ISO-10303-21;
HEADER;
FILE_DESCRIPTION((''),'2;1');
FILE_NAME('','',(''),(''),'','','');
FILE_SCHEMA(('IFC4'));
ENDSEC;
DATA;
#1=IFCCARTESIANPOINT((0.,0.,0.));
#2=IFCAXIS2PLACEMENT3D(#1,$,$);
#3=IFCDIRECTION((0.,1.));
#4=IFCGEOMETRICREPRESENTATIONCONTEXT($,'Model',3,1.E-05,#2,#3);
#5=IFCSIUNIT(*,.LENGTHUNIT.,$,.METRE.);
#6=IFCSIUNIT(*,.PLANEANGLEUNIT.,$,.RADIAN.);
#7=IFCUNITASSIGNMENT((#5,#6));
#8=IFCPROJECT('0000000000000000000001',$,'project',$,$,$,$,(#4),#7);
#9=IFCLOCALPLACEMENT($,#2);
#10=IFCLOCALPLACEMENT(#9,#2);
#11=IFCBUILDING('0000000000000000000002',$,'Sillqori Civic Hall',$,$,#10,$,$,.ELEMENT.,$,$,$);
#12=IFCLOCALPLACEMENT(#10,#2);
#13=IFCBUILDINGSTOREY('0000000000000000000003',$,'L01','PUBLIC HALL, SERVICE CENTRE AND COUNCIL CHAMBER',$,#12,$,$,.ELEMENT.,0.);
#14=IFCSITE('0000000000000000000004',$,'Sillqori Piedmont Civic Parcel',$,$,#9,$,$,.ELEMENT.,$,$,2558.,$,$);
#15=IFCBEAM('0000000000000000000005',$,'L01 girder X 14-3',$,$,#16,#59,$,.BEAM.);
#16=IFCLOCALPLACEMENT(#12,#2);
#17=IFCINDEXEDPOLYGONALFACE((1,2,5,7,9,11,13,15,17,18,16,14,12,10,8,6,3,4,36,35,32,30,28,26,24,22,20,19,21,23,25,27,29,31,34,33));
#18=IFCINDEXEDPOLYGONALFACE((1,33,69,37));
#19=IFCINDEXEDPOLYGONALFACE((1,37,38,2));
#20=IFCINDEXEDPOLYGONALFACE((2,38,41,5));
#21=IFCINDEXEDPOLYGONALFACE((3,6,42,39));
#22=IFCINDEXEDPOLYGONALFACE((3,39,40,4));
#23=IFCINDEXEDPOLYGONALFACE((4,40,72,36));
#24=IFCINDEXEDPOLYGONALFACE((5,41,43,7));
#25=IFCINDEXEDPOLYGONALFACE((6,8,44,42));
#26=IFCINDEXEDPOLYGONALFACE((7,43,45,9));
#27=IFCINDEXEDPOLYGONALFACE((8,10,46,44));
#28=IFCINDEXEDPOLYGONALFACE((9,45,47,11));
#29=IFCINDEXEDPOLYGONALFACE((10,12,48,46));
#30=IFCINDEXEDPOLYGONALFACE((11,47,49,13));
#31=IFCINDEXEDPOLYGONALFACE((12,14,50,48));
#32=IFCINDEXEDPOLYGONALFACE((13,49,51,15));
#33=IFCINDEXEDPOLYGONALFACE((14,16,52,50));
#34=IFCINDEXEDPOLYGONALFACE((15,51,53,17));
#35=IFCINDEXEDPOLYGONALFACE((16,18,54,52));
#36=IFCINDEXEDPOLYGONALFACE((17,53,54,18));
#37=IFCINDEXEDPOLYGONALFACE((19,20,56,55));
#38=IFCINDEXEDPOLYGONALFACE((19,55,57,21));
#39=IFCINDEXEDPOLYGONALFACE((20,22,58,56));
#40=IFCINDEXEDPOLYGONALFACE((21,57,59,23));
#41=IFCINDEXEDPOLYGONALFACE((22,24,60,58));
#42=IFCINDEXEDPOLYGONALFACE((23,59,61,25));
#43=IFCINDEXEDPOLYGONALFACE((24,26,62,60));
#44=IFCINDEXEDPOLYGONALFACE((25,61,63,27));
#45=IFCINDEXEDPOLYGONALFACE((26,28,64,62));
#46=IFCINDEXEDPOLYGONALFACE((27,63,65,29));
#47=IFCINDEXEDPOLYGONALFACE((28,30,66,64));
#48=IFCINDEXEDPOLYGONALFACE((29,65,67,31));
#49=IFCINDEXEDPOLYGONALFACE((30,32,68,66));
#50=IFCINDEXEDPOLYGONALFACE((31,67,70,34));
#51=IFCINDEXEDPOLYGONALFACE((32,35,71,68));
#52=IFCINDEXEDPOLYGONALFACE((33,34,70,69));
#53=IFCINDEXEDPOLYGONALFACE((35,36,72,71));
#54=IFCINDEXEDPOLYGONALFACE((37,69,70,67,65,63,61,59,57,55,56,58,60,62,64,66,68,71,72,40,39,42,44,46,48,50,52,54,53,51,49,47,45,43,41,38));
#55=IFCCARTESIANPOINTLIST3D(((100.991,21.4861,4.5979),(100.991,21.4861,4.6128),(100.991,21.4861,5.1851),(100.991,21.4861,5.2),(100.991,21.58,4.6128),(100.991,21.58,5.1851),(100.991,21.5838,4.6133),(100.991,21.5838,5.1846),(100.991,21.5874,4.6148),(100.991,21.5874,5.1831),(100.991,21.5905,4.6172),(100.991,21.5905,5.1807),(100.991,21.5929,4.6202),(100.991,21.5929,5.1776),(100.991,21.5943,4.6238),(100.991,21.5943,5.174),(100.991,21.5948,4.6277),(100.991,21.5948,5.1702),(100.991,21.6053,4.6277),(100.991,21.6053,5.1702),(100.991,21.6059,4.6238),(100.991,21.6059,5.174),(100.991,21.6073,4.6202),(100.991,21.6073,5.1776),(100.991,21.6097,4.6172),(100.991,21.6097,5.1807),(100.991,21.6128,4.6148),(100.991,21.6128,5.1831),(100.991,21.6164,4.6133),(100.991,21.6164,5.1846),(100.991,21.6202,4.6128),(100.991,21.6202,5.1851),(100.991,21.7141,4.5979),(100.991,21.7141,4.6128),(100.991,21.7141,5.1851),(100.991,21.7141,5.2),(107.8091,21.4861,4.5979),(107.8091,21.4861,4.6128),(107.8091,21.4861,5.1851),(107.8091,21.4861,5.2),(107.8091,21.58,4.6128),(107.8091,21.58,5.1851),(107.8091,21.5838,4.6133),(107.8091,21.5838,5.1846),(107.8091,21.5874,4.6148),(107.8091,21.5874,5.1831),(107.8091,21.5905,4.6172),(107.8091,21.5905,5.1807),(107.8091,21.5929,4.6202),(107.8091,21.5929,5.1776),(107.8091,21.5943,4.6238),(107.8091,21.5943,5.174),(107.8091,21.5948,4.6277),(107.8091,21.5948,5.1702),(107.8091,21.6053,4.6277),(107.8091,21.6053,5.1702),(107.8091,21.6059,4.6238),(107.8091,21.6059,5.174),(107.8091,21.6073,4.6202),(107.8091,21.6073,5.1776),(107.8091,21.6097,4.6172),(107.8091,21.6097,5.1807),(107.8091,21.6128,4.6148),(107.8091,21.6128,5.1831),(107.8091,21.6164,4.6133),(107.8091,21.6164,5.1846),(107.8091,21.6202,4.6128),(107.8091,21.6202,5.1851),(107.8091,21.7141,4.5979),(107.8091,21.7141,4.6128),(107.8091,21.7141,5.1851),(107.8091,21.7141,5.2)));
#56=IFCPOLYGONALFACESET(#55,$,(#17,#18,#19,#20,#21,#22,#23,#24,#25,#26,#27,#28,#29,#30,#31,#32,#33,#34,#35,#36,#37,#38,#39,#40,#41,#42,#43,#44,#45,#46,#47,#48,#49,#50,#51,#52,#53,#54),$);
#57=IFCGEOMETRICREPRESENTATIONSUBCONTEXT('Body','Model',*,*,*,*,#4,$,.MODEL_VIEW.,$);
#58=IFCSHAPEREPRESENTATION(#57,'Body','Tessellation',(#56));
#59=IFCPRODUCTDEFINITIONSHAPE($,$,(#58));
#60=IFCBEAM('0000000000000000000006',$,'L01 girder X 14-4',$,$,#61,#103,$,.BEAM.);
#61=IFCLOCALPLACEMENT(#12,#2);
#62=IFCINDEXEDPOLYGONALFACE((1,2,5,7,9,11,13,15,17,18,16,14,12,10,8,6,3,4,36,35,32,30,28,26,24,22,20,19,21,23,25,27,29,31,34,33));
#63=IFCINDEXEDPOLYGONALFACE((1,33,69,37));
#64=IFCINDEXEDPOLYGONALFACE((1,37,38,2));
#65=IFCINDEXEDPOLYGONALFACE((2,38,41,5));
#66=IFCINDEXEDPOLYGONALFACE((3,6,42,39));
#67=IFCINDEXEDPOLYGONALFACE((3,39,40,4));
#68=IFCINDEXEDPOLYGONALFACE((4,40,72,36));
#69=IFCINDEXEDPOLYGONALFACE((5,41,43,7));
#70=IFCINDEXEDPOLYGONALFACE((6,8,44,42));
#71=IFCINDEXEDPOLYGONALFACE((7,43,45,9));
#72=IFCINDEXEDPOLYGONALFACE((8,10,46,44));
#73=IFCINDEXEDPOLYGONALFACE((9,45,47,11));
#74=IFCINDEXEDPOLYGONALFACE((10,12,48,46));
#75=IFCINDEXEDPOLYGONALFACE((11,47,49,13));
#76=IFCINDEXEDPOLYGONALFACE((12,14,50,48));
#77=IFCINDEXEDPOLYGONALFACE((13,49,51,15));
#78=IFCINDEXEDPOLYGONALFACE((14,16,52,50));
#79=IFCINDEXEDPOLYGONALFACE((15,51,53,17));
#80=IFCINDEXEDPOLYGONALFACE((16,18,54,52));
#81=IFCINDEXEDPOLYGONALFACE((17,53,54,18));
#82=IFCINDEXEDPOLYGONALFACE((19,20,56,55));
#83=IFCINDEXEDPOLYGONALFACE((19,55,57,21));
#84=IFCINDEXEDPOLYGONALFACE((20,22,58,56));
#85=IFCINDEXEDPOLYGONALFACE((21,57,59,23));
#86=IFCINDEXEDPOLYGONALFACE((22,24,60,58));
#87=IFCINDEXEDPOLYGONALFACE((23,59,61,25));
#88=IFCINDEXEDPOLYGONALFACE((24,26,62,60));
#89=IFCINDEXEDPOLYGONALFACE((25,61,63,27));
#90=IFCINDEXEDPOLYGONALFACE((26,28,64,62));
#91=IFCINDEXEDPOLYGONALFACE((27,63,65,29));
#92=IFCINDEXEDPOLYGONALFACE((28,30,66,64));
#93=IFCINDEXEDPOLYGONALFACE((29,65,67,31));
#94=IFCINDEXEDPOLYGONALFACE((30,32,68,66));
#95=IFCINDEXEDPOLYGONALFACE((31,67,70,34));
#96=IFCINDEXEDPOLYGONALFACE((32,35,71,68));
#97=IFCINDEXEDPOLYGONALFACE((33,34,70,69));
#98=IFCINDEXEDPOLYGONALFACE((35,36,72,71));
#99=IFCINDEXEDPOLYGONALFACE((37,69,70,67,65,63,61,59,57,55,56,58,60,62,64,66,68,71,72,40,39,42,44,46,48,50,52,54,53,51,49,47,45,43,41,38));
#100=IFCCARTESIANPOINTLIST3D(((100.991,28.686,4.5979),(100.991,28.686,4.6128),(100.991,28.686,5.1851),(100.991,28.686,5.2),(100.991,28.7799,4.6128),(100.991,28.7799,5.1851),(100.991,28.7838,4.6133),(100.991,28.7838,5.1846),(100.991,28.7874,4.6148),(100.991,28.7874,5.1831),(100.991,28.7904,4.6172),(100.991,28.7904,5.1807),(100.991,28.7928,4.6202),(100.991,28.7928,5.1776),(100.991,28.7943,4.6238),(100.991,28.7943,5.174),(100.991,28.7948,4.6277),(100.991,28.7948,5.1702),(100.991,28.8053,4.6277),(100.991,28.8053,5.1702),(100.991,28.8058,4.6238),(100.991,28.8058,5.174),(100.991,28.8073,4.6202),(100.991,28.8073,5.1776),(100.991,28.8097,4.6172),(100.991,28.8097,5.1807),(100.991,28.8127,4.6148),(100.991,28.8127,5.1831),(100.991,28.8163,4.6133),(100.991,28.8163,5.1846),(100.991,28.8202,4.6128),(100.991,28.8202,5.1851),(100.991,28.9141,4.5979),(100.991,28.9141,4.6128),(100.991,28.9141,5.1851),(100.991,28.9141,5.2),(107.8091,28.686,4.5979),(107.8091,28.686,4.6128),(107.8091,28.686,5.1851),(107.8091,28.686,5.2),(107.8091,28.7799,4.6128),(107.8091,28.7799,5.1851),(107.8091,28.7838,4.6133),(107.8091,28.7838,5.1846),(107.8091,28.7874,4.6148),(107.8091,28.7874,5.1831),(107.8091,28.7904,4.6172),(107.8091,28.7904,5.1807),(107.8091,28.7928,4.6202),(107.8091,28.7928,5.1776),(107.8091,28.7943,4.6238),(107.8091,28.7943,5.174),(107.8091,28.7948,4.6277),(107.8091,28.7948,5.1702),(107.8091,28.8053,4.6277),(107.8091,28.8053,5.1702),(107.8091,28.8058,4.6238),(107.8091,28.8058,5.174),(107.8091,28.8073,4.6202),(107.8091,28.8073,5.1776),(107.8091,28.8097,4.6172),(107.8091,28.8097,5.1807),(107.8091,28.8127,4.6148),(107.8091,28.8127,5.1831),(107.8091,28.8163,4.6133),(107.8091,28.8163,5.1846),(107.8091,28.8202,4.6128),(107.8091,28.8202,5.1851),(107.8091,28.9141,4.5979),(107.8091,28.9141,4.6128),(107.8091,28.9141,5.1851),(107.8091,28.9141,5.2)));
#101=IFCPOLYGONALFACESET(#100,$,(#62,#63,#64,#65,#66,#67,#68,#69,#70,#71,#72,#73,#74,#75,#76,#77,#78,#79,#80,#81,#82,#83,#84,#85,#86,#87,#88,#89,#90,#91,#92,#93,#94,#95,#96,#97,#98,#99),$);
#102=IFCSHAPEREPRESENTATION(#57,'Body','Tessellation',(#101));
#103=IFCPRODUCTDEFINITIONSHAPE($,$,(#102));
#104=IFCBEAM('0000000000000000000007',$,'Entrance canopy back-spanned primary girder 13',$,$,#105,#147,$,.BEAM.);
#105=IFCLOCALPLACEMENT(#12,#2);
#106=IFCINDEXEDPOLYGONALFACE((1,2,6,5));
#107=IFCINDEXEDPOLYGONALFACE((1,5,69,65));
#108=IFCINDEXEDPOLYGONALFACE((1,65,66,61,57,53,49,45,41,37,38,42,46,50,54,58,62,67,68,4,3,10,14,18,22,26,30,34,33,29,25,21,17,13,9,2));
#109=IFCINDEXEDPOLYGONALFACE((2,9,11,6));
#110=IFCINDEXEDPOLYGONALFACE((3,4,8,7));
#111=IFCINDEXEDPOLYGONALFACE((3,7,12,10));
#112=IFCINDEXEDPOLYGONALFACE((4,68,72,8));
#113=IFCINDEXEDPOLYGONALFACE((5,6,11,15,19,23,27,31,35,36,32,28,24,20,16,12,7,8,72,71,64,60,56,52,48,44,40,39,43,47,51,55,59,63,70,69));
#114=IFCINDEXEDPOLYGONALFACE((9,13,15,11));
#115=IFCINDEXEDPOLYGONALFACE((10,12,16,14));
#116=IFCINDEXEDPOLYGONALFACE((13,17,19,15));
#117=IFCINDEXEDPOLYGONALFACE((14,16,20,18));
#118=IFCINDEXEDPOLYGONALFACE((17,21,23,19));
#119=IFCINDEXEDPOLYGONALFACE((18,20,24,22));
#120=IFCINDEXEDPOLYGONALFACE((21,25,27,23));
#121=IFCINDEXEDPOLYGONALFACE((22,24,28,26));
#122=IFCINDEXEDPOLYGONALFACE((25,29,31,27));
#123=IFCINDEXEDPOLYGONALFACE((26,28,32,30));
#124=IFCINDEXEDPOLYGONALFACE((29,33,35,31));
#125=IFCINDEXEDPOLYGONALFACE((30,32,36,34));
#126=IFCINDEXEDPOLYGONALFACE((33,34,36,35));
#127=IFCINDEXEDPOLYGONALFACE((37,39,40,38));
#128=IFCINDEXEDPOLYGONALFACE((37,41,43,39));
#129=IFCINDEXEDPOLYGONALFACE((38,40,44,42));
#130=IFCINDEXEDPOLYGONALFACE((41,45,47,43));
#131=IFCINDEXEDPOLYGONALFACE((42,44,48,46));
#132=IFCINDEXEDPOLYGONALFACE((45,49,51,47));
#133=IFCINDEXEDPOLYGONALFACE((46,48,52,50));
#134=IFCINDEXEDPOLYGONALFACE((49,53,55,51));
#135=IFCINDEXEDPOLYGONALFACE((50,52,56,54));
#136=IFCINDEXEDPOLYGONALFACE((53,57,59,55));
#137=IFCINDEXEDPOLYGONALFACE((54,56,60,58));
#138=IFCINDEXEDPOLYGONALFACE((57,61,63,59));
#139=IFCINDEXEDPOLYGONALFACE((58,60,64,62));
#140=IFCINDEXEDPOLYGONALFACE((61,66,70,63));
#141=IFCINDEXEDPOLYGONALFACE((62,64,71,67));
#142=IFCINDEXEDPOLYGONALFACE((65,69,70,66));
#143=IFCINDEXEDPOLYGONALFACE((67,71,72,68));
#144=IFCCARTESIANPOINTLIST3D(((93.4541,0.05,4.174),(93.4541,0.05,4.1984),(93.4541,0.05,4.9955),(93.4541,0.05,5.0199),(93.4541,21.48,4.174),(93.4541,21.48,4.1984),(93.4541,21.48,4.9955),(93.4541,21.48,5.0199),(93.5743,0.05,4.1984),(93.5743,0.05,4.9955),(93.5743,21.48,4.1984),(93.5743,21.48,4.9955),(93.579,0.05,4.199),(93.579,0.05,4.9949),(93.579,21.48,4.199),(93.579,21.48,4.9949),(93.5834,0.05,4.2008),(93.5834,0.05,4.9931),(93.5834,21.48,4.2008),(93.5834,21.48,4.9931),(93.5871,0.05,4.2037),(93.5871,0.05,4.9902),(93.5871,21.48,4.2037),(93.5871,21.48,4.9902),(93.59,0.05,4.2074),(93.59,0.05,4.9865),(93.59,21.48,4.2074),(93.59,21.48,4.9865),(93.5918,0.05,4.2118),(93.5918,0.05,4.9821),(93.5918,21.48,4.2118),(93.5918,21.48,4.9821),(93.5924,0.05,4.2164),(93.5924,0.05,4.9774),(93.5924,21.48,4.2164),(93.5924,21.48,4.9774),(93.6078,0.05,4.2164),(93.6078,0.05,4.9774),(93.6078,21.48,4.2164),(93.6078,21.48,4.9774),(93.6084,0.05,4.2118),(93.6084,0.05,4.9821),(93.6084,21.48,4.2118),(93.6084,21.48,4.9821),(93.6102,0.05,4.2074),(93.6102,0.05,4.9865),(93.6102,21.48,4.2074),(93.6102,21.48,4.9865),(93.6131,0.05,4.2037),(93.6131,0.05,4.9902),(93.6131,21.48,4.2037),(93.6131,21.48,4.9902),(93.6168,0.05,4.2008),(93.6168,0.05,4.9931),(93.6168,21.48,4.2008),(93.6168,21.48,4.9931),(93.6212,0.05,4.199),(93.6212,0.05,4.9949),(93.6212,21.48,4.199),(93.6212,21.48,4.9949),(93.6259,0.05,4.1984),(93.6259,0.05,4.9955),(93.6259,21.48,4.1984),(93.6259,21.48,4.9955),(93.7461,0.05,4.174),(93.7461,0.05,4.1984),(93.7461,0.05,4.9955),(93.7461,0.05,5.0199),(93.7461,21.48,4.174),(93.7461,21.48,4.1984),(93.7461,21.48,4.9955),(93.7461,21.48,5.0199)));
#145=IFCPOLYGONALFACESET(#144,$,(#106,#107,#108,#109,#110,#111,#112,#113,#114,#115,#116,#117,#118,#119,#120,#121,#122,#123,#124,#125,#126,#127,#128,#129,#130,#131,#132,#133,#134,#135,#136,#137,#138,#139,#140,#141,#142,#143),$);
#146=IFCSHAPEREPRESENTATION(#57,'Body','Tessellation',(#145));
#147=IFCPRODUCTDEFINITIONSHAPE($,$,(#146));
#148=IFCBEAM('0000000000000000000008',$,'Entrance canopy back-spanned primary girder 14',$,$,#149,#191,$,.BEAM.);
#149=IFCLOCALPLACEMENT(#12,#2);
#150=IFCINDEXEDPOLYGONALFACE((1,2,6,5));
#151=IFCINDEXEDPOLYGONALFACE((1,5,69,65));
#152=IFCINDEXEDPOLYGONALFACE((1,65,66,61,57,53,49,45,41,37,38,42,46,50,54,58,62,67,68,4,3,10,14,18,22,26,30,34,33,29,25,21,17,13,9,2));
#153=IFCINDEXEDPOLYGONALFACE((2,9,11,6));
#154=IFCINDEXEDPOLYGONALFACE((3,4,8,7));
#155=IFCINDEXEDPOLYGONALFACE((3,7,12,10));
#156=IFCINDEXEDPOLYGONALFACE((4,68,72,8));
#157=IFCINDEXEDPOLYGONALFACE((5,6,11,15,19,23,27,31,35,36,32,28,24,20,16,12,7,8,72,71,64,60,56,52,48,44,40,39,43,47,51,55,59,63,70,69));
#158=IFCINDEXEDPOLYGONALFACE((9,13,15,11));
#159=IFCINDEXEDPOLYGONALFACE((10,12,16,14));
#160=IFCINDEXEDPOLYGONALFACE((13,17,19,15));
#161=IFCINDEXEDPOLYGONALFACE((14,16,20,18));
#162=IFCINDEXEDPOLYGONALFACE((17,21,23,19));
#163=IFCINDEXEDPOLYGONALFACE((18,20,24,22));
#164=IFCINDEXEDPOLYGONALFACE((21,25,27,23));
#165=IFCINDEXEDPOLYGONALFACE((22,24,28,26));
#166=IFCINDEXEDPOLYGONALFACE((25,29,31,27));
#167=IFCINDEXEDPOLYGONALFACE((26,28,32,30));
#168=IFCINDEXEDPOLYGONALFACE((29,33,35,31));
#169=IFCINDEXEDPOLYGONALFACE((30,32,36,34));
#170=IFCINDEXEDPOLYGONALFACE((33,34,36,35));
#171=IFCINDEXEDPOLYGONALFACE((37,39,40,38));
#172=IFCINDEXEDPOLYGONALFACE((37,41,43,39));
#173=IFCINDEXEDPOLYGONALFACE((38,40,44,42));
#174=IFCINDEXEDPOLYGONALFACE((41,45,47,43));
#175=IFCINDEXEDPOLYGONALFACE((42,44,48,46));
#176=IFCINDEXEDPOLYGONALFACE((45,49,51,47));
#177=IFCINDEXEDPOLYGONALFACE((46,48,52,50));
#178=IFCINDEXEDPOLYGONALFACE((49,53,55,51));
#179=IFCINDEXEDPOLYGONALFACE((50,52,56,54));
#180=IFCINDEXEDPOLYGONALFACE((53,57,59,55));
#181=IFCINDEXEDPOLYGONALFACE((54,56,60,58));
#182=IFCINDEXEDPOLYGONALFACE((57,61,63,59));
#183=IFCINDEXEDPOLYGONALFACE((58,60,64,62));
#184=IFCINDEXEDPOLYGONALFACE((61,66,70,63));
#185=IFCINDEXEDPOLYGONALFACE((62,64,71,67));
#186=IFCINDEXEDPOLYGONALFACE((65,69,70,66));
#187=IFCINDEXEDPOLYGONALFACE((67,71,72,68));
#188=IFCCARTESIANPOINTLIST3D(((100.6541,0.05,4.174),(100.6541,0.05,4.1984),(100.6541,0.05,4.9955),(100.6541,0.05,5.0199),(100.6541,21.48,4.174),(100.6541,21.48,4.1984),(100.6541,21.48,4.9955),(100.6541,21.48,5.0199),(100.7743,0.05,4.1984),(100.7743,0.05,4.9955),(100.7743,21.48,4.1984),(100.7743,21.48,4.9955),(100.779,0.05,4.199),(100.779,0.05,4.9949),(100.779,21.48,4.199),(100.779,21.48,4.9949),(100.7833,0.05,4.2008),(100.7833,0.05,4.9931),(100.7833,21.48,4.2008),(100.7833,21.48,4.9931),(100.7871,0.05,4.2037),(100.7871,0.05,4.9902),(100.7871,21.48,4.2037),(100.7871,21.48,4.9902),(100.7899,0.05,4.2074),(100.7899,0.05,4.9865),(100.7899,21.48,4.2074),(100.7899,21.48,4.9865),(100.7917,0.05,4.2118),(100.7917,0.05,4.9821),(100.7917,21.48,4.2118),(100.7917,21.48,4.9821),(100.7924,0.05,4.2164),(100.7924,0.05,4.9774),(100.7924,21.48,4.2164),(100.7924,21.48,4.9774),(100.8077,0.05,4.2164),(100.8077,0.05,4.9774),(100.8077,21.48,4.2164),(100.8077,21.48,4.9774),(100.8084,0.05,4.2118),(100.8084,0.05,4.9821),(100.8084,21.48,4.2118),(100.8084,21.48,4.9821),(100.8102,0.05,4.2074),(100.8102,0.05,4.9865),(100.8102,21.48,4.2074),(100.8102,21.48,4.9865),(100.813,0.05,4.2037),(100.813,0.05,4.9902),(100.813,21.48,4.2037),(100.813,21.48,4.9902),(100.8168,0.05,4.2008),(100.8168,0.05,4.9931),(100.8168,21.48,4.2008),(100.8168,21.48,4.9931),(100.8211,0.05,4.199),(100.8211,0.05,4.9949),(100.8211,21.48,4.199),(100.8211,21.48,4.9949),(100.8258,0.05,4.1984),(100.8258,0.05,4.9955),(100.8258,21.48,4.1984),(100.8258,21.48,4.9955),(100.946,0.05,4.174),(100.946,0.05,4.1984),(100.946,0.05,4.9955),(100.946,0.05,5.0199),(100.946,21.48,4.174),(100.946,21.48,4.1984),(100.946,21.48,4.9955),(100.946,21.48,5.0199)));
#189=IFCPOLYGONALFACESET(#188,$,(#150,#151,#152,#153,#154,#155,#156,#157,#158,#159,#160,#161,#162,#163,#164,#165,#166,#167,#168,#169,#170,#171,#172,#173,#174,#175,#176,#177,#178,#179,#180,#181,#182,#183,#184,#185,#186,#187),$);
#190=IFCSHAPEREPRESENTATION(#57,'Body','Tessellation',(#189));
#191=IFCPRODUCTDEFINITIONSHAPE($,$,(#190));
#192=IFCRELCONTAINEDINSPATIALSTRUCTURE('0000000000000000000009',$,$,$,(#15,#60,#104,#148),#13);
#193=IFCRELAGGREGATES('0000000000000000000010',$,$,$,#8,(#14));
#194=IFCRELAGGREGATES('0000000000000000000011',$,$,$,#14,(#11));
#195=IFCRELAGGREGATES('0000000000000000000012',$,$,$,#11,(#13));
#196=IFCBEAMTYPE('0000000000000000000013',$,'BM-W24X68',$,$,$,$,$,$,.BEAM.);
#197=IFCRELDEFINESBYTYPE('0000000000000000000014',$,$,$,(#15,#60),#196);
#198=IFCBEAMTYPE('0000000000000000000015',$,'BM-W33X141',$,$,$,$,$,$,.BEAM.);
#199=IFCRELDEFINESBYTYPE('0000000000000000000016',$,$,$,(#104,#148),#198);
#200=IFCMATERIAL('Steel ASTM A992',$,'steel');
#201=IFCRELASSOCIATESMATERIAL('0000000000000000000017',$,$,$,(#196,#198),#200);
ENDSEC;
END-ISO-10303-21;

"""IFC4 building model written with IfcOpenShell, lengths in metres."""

from ifc_helpers import new_model, si_unit, direction, frame, origin, origin_2d, place, context, subcontext, project, spatial, i_section, extrude, material, material_profile, profile_set, type_object, element, save


model = new_model("IFC4")

# Units and contexts
model_context = context("Model", 3, precision=1e-05, world=origin(), true_north=direction((0.0, 1.0)))
body_context = subcontext(model_context, "Body", "Model", "MODEL_VIEW")
ifc_project = project(units=[si_unit("LENGTHUNIT", "METRE"), si_unit("PLANEANGLEUNIT", "RADIAN")], contexts=[model_context])

# Site, building, storey
site_placement = place(None, origin())
site = spatial("IfcSite", under=ifc_project, at=site_placement, Name="Sillqori Piedmont Civic Parcel", CompositionType="ELEMENT", RefElevation=2558.0)
building_placement = place(site_placement, origin())
building = spatial("IfcBuilding", under=site, at=building_placement, Name="Sillqori Civic Hall", CompositionType="ELEMENT")
storey_placement = place(building_placement, origin())
storey = spatial("IfcBuildingStorey", under=building, at=storey_placement, Name="L01", Description="PUBLIC HALL, SERVICE CENTRE AND COUNCIL CHAMBER", CompositionType="ELEMENT", Elevation=0.0)

# Shared definitions
ifc_material_1 = material(Name="Steel ASTM A992", Category="steel")

# Beams
ifc_material_profile_1 = material_profile(ifc_material_1, i_section(OverallWidth=0.228, OverallDepth=0.6021, WebThickness=0.0105, FlangeThickness=0.0149, FilletRadius=0.0149, at=origin_2d()), Name="W24X68")
ifc_profile_set_1 = profile_set([ifc_material_profile_1], Name="Steel ASTM A992")
beam_type_1 = type_object("IfcBeamType", Name="BM-W24X68", PredefinedType="BEAM", material=ifc_profile_set_1)
for number, where, z_axis, x_axis, name in (
    (1, (100.991, 21.6001, 4.8989), (1.0, 0.0, 0.0), (0.0, 1.0, 0.0), "L01 girder X 14-3"),
    (2, (100.991, 28.8, 4.8989), (1.0, 0.0, 0.0), (0.0, 1.0, 0.0), "L01 girder X 14-4"),
):
    element("IfcBeam", number, at=place(storey_placement, frame(where, z_axis=z_axis, x_axis=x_axis)), inside=storey, type_object=beam_type_1, Name=name, PredefinedType="BEAM", context=body_context, shape_type="SweptSolid", body=[
        extrude(i_section(OverallWidth=0.228, OverallDepth=0.6021, WebThickness=0.0105, FlangeThickness=0.0149, FilletRadius=0.0149, at=origin_2d()), origin(), (0.0, 0.0, 1.0), 6.8181),
    ])
ifc_material_profile_2 = material_profile(ifc_material_1, i_section(OverallWidth=0.292, OverallDepth=0.8459, WebThickness=0.0154, FlangeThickness=0.0244, FilletRadius=0.0181, at=origin_2d()), Name="W33X141")
ifc_profile_set_2 = profile_set([ifc_material_profile_2], Name="Steel ASTM A992")
beam_type_2 = type_object("IfcBeamType", Name="BM-W33X141", PredefinedType="BEAM", material=ifc_profile_set_2)
for number, where, z_axis, x_axis, name in (
    (3, (93.6001, 21.48, 4.5969), (0.0, -1.0, 0.0), (1.0, 0.0, 0.0), "Entrance canopy back-spanned primary girder 13"),
    (4, (100.8, 21.48, 4.5969), (0.0, -1.0, 0.0), (1.0, 0.0, 0.0), "Entrance canopy back-spanned primary girder 14"),
):
    element("IfcBeam", number, at=place(storey_placement, frame(where, z_axis=z_axis, x_axis=x_axis)), inside=storey, type_object=beam_type_2, Name=name, PredefinedType="BEAM", context=body_context, shape_type="SweptSolid", body=[
        extrude(i_section(OverallWidth=0.292, OverallDepth=0.8459, WebThickness=0.0154, FlangeThickness=0.0244, FilletRadius=0.0181, at=origin_2d()), origin(), (0.0, 0.0, 1.0), 21.4299),
    ])

save(model, "model.ifc")
